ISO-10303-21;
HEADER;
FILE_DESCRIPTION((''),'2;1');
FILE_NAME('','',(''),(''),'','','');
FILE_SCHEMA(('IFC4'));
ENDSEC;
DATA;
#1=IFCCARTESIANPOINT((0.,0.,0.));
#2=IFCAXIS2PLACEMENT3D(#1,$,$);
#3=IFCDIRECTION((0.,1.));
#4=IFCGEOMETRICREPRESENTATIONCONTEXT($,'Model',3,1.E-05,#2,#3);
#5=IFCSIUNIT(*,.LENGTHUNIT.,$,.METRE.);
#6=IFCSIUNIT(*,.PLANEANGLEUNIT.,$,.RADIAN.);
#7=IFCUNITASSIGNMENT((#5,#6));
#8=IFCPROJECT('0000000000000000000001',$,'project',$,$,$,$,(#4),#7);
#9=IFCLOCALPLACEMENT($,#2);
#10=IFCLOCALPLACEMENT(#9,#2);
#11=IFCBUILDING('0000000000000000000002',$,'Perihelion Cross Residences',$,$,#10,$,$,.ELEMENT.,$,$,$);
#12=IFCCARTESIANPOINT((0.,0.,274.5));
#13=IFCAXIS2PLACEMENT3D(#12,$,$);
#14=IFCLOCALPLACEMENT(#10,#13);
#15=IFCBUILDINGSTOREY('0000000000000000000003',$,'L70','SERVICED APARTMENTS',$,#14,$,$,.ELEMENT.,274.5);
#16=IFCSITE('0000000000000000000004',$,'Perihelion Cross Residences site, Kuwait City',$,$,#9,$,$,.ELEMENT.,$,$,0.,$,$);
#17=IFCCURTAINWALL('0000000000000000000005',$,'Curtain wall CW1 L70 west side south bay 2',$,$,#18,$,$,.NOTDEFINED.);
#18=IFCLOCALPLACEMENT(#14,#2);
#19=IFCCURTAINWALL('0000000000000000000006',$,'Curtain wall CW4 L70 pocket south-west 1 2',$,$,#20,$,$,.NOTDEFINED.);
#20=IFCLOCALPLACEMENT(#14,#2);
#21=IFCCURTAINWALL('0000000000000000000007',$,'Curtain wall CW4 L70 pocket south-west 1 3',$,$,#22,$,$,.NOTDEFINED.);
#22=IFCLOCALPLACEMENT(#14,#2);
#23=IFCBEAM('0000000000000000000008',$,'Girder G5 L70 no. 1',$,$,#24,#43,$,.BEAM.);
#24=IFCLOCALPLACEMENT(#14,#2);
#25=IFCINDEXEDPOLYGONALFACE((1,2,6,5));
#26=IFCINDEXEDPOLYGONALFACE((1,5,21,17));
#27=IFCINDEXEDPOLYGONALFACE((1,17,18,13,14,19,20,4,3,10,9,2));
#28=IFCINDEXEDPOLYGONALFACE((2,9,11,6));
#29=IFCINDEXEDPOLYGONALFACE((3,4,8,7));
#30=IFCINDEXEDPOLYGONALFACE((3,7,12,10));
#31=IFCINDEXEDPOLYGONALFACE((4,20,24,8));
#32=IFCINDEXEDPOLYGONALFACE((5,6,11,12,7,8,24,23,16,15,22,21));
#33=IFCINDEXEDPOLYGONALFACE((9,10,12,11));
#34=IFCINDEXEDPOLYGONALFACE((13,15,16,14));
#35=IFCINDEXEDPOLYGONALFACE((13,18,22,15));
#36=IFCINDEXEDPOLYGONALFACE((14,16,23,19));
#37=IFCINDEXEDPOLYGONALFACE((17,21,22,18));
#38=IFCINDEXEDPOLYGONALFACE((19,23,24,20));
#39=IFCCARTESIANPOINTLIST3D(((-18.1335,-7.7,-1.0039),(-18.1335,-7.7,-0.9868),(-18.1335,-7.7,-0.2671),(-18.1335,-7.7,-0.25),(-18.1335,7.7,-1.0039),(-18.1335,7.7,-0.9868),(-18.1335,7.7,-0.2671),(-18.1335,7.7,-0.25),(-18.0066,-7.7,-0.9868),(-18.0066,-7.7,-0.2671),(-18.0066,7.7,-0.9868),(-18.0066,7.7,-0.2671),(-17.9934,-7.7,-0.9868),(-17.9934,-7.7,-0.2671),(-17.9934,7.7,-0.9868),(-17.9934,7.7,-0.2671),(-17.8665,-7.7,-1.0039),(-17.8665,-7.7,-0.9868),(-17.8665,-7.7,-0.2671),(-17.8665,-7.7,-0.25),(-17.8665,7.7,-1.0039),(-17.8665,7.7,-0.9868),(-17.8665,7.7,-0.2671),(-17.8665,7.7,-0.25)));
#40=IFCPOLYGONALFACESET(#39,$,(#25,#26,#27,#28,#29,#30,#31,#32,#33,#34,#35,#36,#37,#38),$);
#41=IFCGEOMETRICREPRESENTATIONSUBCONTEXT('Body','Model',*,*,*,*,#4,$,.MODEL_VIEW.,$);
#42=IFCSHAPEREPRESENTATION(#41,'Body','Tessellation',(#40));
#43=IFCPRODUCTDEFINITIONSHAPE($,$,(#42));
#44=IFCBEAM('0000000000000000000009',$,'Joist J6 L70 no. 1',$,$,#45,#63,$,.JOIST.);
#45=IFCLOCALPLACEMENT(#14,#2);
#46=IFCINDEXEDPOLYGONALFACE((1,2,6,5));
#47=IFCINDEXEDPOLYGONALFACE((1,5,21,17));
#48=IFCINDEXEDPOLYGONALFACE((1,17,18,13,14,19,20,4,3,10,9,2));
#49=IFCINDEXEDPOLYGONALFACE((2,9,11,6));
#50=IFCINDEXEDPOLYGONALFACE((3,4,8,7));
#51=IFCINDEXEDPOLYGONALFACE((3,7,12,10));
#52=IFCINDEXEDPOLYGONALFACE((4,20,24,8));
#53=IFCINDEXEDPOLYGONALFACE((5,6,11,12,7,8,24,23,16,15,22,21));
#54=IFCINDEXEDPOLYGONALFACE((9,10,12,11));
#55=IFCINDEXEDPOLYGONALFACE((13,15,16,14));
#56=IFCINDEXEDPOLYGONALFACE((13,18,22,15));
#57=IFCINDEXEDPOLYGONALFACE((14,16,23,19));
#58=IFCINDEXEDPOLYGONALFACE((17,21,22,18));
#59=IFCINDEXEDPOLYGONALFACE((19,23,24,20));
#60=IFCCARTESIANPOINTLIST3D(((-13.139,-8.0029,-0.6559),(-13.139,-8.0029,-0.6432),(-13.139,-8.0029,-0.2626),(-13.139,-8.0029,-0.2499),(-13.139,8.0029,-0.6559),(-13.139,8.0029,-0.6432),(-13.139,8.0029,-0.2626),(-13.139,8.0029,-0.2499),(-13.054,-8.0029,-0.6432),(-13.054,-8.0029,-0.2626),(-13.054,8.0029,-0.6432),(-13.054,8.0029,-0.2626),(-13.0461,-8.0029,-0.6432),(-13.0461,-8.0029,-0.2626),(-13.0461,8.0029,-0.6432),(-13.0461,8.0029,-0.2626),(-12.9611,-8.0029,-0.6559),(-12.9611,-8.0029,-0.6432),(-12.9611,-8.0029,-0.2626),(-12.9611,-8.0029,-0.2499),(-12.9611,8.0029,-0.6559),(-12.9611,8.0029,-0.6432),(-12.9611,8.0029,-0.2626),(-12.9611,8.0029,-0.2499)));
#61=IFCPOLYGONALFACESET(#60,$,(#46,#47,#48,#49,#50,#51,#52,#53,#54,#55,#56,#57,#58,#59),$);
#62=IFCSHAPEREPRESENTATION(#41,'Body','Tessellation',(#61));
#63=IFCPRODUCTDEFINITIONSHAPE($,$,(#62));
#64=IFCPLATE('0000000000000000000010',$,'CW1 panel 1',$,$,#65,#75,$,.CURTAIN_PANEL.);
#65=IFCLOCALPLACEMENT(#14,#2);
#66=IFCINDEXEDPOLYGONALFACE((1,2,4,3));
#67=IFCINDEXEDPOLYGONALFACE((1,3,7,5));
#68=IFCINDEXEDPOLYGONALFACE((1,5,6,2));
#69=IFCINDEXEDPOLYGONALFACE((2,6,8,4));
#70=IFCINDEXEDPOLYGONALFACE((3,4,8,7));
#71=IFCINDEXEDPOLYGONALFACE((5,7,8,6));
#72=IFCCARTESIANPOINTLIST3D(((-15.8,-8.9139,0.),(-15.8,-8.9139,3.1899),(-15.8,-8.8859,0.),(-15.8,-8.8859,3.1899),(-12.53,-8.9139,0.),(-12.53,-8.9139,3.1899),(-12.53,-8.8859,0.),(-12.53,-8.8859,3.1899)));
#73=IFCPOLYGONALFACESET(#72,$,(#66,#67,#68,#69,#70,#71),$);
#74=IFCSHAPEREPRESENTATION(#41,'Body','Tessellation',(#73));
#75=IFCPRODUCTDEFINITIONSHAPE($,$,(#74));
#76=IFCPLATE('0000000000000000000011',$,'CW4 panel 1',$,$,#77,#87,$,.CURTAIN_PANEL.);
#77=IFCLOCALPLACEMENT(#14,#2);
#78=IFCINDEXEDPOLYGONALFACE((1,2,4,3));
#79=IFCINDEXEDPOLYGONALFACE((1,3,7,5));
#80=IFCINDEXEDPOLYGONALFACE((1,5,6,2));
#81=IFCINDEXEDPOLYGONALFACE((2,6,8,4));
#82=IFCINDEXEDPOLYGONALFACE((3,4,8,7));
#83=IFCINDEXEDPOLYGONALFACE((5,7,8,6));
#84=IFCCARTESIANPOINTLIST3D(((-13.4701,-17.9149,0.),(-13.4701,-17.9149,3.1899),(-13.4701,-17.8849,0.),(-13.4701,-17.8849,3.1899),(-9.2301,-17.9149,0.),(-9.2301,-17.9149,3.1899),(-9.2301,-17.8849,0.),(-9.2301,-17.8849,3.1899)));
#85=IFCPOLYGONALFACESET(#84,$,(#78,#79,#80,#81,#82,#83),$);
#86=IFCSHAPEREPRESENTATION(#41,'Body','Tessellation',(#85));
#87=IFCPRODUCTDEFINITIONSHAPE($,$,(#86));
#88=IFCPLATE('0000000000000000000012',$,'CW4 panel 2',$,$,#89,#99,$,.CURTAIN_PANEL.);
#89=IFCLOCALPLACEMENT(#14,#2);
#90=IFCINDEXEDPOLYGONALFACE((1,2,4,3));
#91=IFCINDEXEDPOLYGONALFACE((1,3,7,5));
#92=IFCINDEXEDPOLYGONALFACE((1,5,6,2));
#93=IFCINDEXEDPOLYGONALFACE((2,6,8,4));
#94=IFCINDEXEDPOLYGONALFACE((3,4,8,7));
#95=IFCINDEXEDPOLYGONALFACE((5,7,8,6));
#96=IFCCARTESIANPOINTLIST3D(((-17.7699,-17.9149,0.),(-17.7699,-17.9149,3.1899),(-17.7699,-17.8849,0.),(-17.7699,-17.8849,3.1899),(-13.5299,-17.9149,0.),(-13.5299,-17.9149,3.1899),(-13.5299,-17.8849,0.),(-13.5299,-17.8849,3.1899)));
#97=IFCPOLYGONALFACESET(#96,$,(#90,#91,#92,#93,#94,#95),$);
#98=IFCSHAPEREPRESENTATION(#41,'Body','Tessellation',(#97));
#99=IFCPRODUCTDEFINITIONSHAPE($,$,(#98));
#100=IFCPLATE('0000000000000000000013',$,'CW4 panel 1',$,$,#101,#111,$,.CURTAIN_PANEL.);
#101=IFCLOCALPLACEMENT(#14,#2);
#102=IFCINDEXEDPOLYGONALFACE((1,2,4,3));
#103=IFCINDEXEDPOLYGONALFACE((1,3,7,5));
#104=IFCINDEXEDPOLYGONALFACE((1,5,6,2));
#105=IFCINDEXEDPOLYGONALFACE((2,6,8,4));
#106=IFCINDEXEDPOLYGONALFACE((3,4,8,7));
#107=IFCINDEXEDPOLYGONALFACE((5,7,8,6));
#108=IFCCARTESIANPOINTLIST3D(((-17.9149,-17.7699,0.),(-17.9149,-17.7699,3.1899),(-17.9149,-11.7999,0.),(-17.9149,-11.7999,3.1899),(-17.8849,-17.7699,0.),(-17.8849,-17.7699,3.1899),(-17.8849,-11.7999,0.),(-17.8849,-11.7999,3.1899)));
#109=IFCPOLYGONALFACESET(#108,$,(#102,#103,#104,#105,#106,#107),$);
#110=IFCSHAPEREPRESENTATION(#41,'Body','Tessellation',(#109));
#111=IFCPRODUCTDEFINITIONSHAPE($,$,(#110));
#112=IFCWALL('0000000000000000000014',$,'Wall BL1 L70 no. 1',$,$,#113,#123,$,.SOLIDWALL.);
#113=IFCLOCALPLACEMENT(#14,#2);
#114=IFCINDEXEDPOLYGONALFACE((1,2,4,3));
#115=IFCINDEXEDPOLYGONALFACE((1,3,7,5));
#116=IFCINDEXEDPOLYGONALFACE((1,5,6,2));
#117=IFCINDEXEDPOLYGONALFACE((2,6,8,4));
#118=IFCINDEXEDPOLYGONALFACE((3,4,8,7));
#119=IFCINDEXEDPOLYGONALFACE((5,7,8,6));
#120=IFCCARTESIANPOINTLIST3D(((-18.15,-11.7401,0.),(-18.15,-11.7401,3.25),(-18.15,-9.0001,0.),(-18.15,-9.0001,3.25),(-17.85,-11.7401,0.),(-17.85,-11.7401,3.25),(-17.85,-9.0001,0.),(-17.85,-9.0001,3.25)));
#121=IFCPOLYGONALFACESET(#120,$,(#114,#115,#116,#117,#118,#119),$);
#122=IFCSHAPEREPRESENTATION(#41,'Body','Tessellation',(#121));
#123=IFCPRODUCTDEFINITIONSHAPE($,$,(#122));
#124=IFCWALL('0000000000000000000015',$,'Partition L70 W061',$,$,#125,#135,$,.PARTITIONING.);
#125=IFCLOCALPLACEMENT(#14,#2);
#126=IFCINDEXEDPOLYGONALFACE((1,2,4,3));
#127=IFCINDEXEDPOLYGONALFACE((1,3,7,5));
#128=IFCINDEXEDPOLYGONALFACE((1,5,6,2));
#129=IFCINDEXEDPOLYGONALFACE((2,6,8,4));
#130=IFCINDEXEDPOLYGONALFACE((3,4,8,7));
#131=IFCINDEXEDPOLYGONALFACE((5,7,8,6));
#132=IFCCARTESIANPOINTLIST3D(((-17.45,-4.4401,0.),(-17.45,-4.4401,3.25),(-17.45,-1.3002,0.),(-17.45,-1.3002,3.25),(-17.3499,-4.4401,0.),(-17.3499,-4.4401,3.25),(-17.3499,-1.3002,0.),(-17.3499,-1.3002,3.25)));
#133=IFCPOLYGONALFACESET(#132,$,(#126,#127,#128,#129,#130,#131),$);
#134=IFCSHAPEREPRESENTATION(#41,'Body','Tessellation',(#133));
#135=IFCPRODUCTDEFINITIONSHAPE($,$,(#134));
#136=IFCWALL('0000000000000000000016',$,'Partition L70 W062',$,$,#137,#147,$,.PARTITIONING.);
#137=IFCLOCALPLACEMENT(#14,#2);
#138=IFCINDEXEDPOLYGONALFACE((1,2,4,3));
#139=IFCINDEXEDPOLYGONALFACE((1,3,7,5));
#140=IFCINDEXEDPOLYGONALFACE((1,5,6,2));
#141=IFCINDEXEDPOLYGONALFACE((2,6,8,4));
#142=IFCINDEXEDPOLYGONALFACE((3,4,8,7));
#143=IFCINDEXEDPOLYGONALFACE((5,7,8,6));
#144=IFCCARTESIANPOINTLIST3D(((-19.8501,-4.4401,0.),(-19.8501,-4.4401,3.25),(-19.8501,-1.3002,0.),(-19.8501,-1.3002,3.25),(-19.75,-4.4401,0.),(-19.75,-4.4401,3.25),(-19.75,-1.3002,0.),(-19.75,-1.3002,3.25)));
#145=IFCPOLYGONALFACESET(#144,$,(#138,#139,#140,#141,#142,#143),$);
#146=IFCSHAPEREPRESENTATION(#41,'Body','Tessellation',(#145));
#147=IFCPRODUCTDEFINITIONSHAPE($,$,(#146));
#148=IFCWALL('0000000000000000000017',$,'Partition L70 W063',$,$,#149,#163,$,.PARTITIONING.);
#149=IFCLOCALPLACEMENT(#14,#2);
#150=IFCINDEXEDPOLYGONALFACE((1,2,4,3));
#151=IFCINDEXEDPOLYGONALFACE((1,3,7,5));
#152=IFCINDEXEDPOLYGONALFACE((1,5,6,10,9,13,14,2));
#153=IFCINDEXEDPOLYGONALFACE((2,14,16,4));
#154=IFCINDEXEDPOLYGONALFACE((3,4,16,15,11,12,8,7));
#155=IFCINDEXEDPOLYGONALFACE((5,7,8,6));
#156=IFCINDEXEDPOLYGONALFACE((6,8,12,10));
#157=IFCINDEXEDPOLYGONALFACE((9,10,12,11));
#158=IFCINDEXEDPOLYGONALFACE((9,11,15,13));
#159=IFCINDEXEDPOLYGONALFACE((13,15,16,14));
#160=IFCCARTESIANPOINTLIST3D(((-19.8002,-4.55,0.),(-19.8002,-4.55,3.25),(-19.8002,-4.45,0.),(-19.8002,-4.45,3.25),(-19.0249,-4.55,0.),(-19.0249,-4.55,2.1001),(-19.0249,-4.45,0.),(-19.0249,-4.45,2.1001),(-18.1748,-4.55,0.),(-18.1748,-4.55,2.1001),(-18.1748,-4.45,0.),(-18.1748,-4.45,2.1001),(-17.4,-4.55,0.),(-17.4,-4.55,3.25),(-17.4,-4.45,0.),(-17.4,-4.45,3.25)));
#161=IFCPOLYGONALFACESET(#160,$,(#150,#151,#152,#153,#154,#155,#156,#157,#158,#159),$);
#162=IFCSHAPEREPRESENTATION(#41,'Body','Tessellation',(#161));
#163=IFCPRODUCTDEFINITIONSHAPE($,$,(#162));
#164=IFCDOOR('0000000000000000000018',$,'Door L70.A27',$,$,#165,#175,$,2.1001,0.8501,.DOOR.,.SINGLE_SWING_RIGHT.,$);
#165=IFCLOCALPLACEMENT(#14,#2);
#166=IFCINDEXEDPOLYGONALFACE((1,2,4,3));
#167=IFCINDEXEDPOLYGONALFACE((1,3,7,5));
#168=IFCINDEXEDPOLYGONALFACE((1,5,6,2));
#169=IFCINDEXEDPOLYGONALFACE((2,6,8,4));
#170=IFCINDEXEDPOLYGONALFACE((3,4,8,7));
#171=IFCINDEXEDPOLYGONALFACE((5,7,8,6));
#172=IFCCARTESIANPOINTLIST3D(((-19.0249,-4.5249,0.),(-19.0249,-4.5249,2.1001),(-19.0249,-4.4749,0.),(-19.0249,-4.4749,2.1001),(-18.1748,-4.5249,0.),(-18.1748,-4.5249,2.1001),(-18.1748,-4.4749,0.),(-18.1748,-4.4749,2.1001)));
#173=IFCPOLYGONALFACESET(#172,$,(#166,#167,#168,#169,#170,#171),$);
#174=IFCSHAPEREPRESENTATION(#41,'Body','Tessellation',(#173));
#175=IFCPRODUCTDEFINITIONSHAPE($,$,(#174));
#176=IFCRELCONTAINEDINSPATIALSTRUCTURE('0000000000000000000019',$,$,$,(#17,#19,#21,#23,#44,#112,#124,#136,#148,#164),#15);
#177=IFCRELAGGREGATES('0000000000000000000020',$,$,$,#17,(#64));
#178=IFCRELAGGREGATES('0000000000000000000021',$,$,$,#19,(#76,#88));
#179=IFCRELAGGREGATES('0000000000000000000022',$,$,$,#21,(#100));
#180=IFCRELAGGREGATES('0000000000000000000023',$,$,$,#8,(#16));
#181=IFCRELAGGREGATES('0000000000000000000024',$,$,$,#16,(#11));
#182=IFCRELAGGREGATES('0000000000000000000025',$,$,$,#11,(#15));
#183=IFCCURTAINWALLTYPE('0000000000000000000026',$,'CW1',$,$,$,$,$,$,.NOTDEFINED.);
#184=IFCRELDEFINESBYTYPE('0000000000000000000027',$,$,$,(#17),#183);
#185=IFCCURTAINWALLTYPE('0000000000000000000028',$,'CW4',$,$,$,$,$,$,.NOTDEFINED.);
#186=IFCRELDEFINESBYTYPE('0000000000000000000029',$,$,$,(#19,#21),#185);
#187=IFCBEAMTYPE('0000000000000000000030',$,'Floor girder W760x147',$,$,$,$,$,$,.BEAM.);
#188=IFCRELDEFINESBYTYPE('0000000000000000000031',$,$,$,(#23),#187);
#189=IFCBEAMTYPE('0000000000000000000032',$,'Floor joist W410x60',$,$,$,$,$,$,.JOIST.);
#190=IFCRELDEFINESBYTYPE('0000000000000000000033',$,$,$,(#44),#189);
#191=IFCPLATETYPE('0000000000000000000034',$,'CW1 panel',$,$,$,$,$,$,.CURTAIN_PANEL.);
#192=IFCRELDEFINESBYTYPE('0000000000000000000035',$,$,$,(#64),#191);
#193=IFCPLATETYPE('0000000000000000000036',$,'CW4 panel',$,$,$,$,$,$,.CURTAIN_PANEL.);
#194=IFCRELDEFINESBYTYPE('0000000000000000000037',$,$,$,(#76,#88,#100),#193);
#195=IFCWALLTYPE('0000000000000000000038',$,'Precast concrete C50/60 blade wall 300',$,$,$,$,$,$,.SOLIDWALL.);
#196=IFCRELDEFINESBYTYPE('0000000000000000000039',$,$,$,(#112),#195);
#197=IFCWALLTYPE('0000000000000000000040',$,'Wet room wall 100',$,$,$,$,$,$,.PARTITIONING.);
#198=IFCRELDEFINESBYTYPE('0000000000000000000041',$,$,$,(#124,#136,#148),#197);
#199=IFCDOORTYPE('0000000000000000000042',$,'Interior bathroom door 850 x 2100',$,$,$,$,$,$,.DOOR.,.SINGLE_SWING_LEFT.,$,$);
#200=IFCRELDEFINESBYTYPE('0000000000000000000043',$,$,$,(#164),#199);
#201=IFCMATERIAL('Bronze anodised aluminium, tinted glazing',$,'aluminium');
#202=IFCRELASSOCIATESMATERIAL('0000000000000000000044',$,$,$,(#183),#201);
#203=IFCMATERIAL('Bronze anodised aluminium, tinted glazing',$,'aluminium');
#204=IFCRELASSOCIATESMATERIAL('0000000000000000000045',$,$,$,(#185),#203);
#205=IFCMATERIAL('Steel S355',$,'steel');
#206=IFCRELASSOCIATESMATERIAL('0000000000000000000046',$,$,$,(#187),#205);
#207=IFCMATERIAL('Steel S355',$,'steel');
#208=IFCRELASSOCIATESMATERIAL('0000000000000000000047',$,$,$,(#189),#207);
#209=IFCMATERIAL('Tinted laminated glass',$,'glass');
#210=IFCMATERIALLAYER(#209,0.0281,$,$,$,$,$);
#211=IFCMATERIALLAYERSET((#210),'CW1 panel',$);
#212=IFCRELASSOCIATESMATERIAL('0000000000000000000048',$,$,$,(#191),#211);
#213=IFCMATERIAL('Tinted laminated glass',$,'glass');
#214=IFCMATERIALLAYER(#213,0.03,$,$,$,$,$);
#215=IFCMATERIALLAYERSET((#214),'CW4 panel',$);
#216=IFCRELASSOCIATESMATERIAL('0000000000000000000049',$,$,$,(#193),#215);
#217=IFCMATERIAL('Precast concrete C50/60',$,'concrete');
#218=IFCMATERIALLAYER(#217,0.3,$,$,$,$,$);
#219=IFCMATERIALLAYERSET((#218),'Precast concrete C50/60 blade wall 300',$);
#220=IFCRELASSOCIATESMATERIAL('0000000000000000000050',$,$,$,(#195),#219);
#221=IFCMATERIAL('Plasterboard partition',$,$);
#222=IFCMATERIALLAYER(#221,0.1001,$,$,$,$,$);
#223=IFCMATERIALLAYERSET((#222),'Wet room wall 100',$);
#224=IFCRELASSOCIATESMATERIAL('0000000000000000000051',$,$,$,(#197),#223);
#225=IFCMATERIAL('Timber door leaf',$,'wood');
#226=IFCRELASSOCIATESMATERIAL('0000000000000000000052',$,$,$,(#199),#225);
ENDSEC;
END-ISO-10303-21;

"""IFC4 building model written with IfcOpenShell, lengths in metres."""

from ifc_helpers import new_model, si_unit, direction, frame, frame_2d, origin, origin_2d, place, context, subcontext, project, spatial, rectangle, i_section, extrude, material, layer, layer_set, material_profile, profile_set, type_object, element, fill, aggregate, save


model = new_model("IFC4")

# Units and contexts
model_context = context("Model", 3, precision=1e-05, world=origin(), true_north=direction((0.0, 1.0)))
body_context = subcontext(model_context, "Body", "Model", "MODEL_VIEW")
ifc_project = project(units=[si_unit("LENGTHUNIT", "METRE"), si_unit("PLANEANGLEUNIT", "RADIAN")], contexts=[model_context])

# Site, building, storey
site_placement = place(None, origin())
site = spatial("IfcSite", under=ifc_project, at=site_placement, Name="Perihelion Cross Residences site, Kuwait City", CompositionType="ELEMENT", RefElevation=0.0)
building_placement = place(site_placement, origin())
building = spatial("IfcBuilding", under=site, at=building_placement, Name="Perihelion Cross Residences", CompositionType="ELEMENT")
storey_placement = place(building_placement, frame((0.0, 0.0, 274.5)))
storey = spatial("IfcBuildingStorey", under=building, at=storey_placement, Name="L70", Description="SERVICED APARTMENTS", CompositionType="ELEMENT", Elevation=274.5)

# Curtain walls
ifc_material_1 = material(Name="Bronze anodised aluminium, tinted glazing", Category="aluminium")
curtain_wall_type_1 = type_object("IfcCurtainWallType", Name="CW1", PredefinedType="NOTDEFINED", material=ifc_material_1)
curtain_wall_1_placement = place(storey_placement, origin())
curtain_wall_1 = element("IfcCurtainWall", 1, at=curtain_wall_1_placement, inside=storey, type_object=curtain_wall_type_1, Name="Curtain wall CW1 L70 west side south bay 2", PredefinedType="NOTDEFINED")
ifc_material_2 = material(Name="Bronze anodised aluminium, tinted glazing", Category="aluminium")
curtain_wall_type_2 = type_object("IfcCurtainWallType", Name="CW4", PredefinedType="NOTDEFINED", material=ifc_material_2)
curtain_wall_2_placement = place(storey_placement, origin())
curtain_wall_2 = element("IfcCurtainWall", 2, at=curtain_wall_2_placement, inside=storey, type_object=curtain_wall_type_2, Name="Curtain wall CW4 L70 pocket south-west 1 2", PredefinedType="NOTDEFINED")
curtain_wall_3_placement = place(storey_placement, origin())
curtain_wall_3 = element("IfcCurtainWall", 3, at=curtain_wall_3_placement, inside=storey, type_object=curtain_wall_type_2, Name="Curtain wall CW4 L70 pocket south-west 1 3", PredefinedType="NOTDEFINED")

# Beams
ifc_material_3 = material(Name="Steel S355", Category="steel")
ifc_material_profile_1 = material_profile(ifc_material_3, i_section(OverallWidth=0.2671, OverallDepth=0.7539, WebThickness=0.0132, FlangeThickness=0.0171, at=origin_2d()), Name="W760x147")
ifc_profile_set_1 = profile_set([ifc_material_profile_1], Name="Steel S355")
beam_type_1 = type_object("IfcBeamType", Name="Floor girder W760x147", PredefinedType="BEAM", material=ifc_profile_set_1)
beam_1_placement = place(storey_placement, frame((-18.0, -7.7, -0.627), z_axis=(0.0, 1.0, 0.0), x_axis=(-1.0, 0.0, 0.0)))
element("IfcBeam", 4, at=beam_1_placement, inside=storey, type_object=beam_type_1, Name="Girder G5 L70 no. 1", PredefinedType="BEAM", context=body_context, shape_type="SweptSolid", body=[
    extrude(i_section(OverallWidth=0.2671, OverallDepth=0.7539, WebThickness=0.0132, FlangeThickness=0.0171, at=origin_2d()), origin(), (0.0, 0.0, 1.0), 15.3999),
])
ifc_material_4 = material(Name="Steel S355", Category="steel")
ifc_material_profile_2 = material_profile(ifc_material_4, i_section(OverallWidth=0.178, OverallDepth=0.406, WebThickness=0.0078, FlangeThickness=0.0127, at=origin_2d()), Name="W410x60")
ifc_profile_set_2 = profile_set([ifc_material_profile_2], Name="Steel S355")
beam_type_2 = type_object("IfcBeamType", Name="Floor joist W410x60", PredefinedType="JOIST", material=ifc_profile_set_2)
beam_2_placement = place(storey_placement, frame((-13.05, -8.0029, -0.4529), z_axis=(0.0, 1.0, 0.0), x_axis=(-1.0, 0.0, 0.0)))
element("IfcBeam", 5, at=beam_2_placement, inside=storey, type_object=beam_type_2, Name="Joist J6 L70 no. 1", PredefinedType="JOIST", context=body_context, shape_type="SweptSolid", body=[
    extrude(i_section(OverallWidth=0.178, OverallDepth=0.406, WebThickness=0.0078, FlangeThickness=0.0127, at=origin_2d()), origin(), (0.0, 0.0, 1.0), 16.0059),
])

# Plates
ifc_material_5 = material(Name="Tinted laminated glass", Category="glass")
ifc_layer_1 = layer(ifc_material_5, 0.0281)
ifc_layer_set_1 = layer_set([ifc_layer_1], Name="CW1 panel")
plate_type_1 = type_object("IfcPlateType", Name="CW1 panel", PredefinedType="CURTAIN_PANEL", material=ifc_layer_set_1)
plate_1_placement = place(storey_placement, frame((-14.165, -8.8999, 0.0), z_axis=(0.0, 0.0, 1.0), x_axis=(1.0, 0.0, 0.0)))
plate_1 = element("IfcPlate", 6, at=plate_1_placement, type_object=plate_type_1, Name="CW1 panel 1", PredefinedType="CURTAIN_PANEL", context=body_context, shape_type="SweptSolid", body=[
    extrude(rectangle(XDim=3.27, YDim=0.0281, at=origin_2d()), origin(), (0.0, 0.0, 1.0), 3.1899),
])
aggregate(curtain_wall_1, [plate_1])
ifc_material_6 = material(Name="Tinted laminated glass", Category="glass")
ifc_layer_2 = layer(ifc_material_6, 0.03)
ifc_layer_set_2 = layer_set([ifc_layer_2], Name="CW4 panel")
plate_type_2 = type_object("IfcPlateType", Name="CW4 panel", PredefinedType="CURTAIN_PANEL", material=ifc_layer_set_2)
plate_2_placement = place(storey_placement, frame((-11.3501, -17.8999, 0.0), z_axis=(0.0, 0.0, 1.0), x_axis=(-1.0, 0.0, 0.0)))
plate_2 = element("IfcPlate", 7, at=plate_2_placement, type_object=plate_type_2, Name="CW4 panel 1", PredefinedType="CURTAIN_PANEL", context=body_context, shape_type="SweptSolid", body=[
    extrude(rectangle(XDim=4.24, YDim=0.03, at=origin_2d()), origin(), (0.0, 0.0, 1.0), 3.1899),
])
plate_3_placement = place(storey_placement, frame((-15.6499, -17.8999, 0.0), z_axis=(0.0, 0.0, 1.0), x_axis=(-1.0, 0.0, 0.0)))
plate_3 = element("IfcPlate", 8, at=plate_3_placement, type_object=plate_type_2, Name="CW4 panel 2", PredefinedType="CURTAIN_PANEL", context=body_context, shape_type="SweptSolid", body=[
    extrude(rectangle(XDim=4.24, YDim=0.03, at=origin_2d()), origin(), (0.0, 0.0, 1.0), 3.1899),
])
aggregate(curtain_wall_2, [plate_2, plate_3])
plate_4_placement = place(storey_placement, frame((-17.8999, -14.7849, 0.0), z_axis=(0.0, 0.0, 1.0), x_axis=(0.0, 1.0, 0.0)))
plate_4 = element("IfcPlate", 9, at=plate_4_placement, type_object=plate_type_2, Name="CW4 panel 1", PredefinedType="CURTAIN_PANEL", context=body_context, shape_type="SweptSolid", body=[
    extrude(rectangle(XDim=5.97, YDim=0.03, at=origin_2d()), origin(), (0.0, 0.0, 1.0), 3.1899),
])
aggregate(curtain_wall_3, [plate_4])

# Walls
ifc_material_7 = material(Name="Precast concrete C50/60", Category="concrete")
ifc_layer_3 = layer(ifc_material_7, 0.3)
ifc_layer_set_3 = layer_set([ifc_layer_3], Name="Precast concrete C50/60 blade wall 300")
wall_type_1 = type_object("IfcWallType", Name="Precast concrete C50/60 blade wall 300", PredefinedType="SOLIDWALL", material=ifc_layer_set_3)
wall_1_placement = place(storey_placement, frame((-18.0, -9.0, 0.0), z_axis=(0.0, 0.0, 1.0), x_axis=(0.0, -1.0, 0.0)))
element("IfcWall", 10, at=wall_1_placement, inside=storey, type_object=wall_type_1, Name="Wall BL1 L70 no. 1", PredefinedType="SOLIDWALL", context=body_context, shape_type="SweptSolid", body=[
    extrude(rectangle(XDim=2.74, YDim=0.3, at=frame_2d((1.3701, 0.0))), origin(), (0.0, 0.0, 1.0), 3.25),
])
ifc_material_8 = material(Name="Plasterboard partition")
ifc_layer_4 = layer(ifc_material_8, 0.1001)
ifc_layer_set_4 = layer_set([ifc_layer_4], Name="Wet room wall 100")
wall_type_2 = type_object("IfcWallType", Name="Wet room wall 100", PredefinedType="PARTITIONING", material=ifc_layer_set_4)
for number, where, z_axis, x_axis, name in (
    (11, (-17.3999, -4.4399, 0.0), (0.0, 0.0, 1.0), (0.0, 1.0, 0.0), "Partition L70 W061"),
    (12, (-19.8, -4.4399, 0.0), (0.0, 0.0, 1.0), (0.0, 1.0, 0.0), "Partition L70 W062"),
):
    element("IfcWall", number, at=place(storey_placement, frame(where, z_axis=z_axis, x_axis=x_axis)), inside=storey, type_object=wall_type_2, Name=name, PredefinedType="PARTITIONING", context=body_context, shape_type="SweptSolid", body=[
        extrude(rectangle(XDim=3.1399, YDim=0.1001, at=frame_2d((1.5698, 0.0))), origin(), (0.0, 0.0, 1.0), 3.25),
    ])

# Wall, opening, door
wall_2_placement = place(storey_placement, frame((-17.3999, -4.5, 0.0), z_axis=(0.0, 0.0, 1.0), x_axis=(-1.0, 0.0, 0.0)))
wall_2 = element("IfcWall", 13, at=wall_2_placement, inside=storey, type_object=wall_type_2, Name="Partition L70 W063", PredefinedType="PARTITIONING", context=body_context, shape_type="SweptSolid", body=[
    extrude(rectangle(XDim=2.4001, YDim=0.1001, at=frame_2d((1.2002, 0.0))), origin(), (0.0, 0.0, 1.0), 3.25),
])
opening_1_placement = place(wall_2_placement, frame((0.7749, 0.0, 0.0)))
opening_1 = element("IfcOpeningElement", 14, at=opening_1_placement, cuts=wall_2, PredefinedType="OPENING", context=body_context, shape_type="SweptSolid", body=[
    extrude(rectangle(XDim=0.8501, YDim=2.1001, at=frame_2d((0.425, 1.05))), frame((0.0, 0.0601, 0.0), z_axis=(0.0, -1.0, 0.0), x_axis=(1.0, 0.0, 0.0)), (0.0, 0.0, 1.0), 0.1201),
])
ifc_material_9 = material(Name="Timber door leaf", Category="wood")
door_type_1 = type_object("IfcDoorType", Name="Interior bathroom door 850 x 2100", OperationType="SINGLE_SWING_LEFT", PredefinedType="DOOR", material=ifc_material_9)
door_1_placement = place(opening_1_placement, origin())
door_1 = element("IfcDoor", 15, at=door_1_placement, inside=storey, type_object=door_type_1, Name="Door L70.A27", OperationType="SINGLE_SWING_RIGHT", OverallHeight=2.1001, OverallWidth=0.8501, PredefinedType="DOOR", context=body_context, shape_type="SweptSolid", body=[
    extrude(rectangle(XDim=0.8501, YDim=2.1001, at=frame_2d((0.425, 1.05))), frame((0.0, 0.0249, 0.0), z_axis=(0.0, -1.0, 0.0), x_axis=(1.0, 0.0, 0.0)), (0.0, 0.0, 1.0), 0.05),
])
fill(opening_1, door_1)

save(model, "model.ifc")
